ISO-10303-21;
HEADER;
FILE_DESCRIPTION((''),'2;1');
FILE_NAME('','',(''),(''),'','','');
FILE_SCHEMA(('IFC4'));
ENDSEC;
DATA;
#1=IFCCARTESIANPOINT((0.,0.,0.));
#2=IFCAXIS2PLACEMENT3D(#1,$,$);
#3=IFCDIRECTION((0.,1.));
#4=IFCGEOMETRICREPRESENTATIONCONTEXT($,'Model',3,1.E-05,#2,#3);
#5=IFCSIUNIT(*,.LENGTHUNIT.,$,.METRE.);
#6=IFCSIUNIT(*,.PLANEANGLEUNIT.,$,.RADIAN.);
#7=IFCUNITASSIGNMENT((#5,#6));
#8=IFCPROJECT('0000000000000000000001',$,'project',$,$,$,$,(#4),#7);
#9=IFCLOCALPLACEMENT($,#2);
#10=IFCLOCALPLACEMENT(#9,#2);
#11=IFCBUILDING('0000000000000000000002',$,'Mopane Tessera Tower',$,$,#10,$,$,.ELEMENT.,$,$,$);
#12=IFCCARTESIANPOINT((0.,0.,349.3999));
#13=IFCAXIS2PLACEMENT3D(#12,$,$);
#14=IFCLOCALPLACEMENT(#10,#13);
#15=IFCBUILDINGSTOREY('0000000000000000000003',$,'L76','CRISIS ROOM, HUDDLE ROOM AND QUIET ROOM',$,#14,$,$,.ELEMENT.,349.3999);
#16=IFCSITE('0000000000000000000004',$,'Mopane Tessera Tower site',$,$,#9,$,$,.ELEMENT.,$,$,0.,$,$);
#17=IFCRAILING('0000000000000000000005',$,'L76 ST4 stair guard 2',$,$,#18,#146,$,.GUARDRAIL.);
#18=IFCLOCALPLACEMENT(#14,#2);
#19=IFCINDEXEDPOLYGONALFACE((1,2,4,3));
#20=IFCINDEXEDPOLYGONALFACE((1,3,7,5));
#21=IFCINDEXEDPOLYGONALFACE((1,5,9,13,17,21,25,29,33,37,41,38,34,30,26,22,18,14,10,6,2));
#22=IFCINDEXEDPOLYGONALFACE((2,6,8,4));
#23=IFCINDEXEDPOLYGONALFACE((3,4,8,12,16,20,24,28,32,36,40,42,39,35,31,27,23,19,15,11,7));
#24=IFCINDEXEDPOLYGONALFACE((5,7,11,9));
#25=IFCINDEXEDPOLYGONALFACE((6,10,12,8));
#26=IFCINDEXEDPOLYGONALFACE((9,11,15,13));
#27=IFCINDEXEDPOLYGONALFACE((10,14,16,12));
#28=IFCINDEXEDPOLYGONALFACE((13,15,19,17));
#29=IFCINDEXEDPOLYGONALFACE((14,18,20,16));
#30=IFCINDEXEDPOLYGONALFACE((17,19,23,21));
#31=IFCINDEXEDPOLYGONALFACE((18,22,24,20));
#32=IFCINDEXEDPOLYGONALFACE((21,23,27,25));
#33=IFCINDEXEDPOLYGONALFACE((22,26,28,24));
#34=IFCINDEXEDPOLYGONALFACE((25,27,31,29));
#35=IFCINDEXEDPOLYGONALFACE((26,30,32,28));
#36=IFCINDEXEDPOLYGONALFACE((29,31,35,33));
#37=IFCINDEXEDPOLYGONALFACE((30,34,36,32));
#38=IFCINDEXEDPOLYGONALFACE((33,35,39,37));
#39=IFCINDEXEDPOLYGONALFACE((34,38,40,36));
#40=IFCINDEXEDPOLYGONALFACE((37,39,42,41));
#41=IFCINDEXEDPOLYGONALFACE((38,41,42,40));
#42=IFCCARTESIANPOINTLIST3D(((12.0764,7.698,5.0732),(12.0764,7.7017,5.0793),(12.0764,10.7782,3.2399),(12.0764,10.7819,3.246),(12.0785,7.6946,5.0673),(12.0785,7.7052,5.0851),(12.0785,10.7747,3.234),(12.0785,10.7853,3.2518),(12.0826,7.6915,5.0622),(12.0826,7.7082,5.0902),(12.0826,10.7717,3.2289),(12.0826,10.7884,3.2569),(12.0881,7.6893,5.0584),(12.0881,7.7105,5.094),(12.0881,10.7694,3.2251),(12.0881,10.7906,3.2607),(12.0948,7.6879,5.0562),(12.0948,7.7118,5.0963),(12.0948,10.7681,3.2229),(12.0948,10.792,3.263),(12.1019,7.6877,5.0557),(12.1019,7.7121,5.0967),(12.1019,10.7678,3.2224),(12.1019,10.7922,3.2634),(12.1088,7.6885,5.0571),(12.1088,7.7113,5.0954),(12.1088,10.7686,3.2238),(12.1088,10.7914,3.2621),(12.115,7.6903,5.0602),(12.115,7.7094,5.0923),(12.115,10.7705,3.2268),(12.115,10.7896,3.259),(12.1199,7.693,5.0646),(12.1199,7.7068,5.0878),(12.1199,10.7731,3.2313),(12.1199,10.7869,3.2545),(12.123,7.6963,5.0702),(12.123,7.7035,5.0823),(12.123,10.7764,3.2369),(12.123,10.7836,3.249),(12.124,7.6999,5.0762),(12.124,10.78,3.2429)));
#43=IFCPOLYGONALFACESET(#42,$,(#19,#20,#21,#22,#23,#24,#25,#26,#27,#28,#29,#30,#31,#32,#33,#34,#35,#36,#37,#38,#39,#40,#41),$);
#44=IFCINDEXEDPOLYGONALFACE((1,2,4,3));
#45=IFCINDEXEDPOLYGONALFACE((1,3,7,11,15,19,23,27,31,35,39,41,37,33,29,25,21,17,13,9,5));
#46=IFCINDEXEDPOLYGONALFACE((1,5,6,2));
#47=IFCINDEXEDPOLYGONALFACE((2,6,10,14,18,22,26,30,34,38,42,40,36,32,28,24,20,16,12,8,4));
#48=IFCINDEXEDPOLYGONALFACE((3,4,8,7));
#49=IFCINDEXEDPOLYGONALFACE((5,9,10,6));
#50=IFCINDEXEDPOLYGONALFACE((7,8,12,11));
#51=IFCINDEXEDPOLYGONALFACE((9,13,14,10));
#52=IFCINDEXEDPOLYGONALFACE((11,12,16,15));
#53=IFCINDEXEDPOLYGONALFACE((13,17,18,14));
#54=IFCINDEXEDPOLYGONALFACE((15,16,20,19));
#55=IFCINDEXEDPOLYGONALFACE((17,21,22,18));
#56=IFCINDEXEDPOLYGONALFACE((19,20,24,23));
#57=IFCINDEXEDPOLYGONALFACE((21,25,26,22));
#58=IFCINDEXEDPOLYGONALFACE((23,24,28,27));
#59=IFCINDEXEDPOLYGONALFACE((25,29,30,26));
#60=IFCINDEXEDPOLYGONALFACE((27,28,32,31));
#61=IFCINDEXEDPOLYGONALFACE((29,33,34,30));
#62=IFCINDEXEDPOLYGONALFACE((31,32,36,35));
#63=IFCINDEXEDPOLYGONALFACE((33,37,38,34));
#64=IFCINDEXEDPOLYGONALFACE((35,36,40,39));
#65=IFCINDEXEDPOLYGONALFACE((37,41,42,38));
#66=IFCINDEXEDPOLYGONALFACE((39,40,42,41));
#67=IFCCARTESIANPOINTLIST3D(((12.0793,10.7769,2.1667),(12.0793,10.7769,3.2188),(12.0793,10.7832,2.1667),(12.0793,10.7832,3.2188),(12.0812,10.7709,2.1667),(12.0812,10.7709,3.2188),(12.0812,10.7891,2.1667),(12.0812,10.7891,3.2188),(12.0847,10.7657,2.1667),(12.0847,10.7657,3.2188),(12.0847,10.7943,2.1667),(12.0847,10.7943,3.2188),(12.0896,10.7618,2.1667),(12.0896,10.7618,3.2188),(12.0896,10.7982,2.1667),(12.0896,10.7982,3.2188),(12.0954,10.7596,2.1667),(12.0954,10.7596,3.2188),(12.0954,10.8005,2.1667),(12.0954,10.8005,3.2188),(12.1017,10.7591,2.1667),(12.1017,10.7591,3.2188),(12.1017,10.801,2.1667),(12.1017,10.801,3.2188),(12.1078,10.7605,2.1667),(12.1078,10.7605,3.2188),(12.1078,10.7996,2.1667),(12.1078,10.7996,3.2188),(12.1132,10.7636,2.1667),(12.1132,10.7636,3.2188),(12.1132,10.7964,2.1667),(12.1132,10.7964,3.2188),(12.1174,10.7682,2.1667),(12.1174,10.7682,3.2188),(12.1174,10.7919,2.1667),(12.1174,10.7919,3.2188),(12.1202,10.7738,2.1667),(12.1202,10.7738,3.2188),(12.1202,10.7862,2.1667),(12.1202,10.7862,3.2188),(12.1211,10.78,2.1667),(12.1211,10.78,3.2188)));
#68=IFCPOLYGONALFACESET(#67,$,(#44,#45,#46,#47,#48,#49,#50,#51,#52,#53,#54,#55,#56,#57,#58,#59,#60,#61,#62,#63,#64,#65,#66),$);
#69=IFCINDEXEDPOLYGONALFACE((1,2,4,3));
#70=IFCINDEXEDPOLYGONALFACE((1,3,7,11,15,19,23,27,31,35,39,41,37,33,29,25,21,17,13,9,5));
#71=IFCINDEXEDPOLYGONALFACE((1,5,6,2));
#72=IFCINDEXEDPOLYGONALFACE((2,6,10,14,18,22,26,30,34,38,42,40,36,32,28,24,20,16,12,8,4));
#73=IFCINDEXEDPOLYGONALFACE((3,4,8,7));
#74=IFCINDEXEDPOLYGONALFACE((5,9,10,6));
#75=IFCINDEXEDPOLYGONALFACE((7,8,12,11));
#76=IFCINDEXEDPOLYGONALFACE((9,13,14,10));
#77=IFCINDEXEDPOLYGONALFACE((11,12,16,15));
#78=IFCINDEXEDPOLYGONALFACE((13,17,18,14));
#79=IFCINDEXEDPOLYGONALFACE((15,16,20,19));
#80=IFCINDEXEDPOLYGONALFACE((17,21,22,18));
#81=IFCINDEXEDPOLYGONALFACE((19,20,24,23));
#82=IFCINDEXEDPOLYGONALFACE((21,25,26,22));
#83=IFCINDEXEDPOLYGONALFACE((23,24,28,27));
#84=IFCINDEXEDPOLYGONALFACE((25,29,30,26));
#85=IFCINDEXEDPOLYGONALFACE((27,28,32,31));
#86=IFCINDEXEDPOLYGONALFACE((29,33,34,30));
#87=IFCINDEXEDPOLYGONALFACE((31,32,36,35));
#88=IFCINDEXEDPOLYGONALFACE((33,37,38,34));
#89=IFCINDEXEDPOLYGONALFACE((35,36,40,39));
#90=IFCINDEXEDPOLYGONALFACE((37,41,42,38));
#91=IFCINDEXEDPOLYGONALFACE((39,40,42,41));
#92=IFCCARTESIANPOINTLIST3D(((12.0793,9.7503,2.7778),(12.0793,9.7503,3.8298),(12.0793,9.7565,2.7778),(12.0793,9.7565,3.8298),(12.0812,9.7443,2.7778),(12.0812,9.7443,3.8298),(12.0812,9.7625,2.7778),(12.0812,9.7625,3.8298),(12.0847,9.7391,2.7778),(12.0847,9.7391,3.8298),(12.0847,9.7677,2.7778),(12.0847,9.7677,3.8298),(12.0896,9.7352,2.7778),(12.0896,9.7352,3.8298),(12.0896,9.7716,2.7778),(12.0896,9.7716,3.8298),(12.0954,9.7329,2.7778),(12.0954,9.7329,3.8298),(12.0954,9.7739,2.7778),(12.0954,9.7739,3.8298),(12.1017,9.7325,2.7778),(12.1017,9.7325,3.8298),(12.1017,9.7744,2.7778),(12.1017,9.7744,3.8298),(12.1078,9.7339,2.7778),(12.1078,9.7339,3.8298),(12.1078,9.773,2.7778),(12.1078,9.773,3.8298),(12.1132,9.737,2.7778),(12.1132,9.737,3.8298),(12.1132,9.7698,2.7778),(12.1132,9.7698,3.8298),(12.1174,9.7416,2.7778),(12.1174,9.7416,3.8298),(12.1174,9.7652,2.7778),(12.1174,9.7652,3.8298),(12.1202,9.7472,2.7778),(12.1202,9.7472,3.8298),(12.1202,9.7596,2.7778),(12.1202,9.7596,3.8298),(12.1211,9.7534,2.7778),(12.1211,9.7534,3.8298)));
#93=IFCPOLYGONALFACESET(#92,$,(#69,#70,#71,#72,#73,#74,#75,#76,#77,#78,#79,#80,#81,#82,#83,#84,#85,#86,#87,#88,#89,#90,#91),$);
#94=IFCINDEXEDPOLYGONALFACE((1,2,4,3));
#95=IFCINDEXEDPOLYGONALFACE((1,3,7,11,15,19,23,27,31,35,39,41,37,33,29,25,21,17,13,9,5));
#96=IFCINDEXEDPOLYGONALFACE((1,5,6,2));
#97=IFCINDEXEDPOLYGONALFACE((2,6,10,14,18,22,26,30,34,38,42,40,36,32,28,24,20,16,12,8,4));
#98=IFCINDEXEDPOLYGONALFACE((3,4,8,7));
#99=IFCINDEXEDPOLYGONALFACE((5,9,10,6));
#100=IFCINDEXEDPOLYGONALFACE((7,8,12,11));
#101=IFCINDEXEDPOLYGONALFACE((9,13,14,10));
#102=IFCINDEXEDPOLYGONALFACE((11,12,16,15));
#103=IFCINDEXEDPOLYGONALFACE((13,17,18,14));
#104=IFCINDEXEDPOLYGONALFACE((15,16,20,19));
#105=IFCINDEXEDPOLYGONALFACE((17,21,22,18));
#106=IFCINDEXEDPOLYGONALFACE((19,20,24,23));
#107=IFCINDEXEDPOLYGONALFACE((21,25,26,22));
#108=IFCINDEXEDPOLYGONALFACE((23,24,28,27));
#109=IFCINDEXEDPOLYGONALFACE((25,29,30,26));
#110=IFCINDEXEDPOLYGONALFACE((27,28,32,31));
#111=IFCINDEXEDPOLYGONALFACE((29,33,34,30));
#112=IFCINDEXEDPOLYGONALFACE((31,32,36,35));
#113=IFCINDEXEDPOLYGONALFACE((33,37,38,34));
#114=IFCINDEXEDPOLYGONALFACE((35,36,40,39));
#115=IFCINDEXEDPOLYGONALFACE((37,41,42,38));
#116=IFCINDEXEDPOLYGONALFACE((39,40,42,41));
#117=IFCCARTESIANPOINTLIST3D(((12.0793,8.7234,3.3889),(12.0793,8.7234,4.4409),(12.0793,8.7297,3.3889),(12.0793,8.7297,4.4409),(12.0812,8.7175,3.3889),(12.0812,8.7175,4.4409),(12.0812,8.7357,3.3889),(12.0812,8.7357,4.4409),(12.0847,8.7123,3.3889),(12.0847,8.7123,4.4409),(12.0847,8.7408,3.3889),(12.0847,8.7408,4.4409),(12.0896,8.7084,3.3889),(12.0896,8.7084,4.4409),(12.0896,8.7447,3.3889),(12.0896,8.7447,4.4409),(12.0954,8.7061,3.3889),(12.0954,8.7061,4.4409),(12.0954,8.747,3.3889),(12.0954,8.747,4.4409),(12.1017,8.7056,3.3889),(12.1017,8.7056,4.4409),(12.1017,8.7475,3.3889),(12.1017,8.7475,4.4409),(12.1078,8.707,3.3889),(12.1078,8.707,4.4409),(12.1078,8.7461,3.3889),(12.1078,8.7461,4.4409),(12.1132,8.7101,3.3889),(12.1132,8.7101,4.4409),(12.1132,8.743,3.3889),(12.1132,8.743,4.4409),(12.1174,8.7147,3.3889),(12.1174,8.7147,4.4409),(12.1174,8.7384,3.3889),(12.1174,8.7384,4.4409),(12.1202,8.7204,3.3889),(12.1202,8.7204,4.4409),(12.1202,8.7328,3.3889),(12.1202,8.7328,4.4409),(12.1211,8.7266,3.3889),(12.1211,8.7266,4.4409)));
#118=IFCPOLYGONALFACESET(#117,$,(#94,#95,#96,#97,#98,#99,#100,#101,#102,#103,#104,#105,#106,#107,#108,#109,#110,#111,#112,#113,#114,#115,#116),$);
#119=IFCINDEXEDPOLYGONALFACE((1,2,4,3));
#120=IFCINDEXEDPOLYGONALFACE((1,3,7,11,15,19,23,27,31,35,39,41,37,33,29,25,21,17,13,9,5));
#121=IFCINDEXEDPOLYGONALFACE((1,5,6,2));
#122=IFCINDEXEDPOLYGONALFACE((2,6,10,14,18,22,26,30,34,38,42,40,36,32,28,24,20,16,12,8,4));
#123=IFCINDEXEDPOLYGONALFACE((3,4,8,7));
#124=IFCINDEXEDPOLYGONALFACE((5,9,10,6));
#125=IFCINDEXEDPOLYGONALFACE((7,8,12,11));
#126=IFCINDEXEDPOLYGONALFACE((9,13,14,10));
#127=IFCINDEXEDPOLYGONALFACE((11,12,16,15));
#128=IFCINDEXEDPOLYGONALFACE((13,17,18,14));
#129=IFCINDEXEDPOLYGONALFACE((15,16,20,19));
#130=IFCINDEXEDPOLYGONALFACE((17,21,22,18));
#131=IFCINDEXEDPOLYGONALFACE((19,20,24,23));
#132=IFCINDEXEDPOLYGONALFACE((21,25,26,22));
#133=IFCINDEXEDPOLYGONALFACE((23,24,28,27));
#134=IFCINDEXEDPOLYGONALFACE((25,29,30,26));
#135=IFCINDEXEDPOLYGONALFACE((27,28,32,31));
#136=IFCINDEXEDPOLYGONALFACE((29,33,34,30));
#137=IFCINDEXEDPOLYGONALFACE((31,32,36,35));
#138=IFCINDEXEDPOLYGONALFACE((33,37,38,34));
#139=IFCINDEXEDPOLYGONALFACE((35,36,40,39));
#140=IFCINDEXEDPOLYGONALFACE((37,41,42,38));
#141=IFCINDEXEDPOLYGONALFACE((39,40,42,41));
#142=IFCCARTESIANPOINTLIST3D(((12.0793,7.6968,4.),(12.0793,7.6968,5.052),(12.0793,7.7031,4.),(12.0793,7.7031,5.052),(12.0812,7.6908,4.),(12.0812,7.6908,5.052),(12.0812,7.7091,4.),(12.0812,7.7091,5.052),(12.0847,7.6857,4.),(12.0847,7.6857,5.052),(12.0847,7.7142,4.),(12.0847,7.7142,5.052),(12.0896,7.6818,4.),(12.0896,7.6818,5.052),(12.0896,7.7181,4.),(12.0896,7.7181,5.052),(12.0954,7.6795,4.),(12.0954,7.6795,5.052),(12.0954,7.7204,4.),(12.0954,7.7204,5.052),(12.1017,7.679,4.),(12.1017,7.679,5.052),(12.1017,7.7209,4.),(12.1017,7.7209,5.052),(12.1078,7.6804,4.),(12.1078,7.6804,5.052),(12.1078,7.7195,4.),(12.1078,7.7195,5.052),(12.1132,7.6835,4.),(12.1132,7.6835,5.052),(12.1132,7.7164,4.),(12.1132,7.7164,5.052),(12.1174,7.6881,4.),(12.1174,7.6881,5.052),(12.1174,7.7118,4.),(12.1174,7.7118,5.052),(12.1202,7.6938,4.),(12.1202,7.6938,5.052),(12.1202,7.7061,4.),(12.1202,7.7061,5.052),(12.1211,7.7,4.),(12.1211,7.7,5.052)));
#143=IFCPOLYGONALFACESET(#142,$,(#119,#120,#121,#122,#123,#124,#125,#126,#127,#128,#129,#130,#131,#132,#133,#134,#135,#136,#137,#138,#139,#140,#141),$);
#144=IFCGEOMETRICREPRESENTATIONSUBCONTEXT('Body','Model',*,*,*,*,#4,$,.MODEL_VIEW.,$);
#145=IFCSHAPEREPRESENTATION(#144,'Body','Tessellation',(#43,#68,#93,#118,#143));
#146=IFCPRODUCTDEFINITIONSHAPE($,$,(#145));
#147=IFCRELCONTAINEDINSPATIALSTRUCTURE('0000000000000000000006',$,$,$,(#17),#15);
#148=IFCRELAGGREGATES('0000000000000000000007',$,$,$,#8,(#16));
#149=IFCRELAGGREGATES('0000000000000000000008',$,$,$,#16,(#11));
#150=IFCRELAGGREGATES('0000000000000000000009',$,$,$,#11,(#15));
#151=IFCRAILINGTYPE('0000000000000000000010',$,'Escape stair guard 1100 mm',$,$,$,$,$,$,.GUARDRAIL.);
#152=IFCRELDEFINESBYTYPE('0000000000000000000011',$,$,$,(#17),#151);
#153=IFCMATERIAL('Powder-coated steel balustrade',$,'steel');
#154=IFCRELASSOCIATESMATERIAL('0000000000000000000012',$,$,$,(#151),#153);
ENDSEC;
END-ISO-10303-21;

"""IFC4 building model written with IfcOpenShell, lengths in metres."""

from ifc_helpers import new_model, si_unit, direction, frame, origin, origin_2d, place, context, subcontext, project, spatial, circle, extrude, material, type_object, element, save


model = new_model("IFC4")

# Units and contexts
model_context = context("Model", 3, precision=1e-05, world=origin(), true_north=direction((0.0, 1.0)))
body_context = subcontext(model_context, "Body", "Model", "MODEL_VIEW")
ifc_project = project(units=[si_unit("LENGTHUNIT", "METRE"), si_unit("PLANEANGLEUNIT", "RADIAN")], contexts=[model_context])

# Site, building, storey
site_placement = place(None, origin())
site = spatial("IfcSite", under=ifc_project, at=site_placement, Name="Mopane Tessera Tower site", CompositionType="ELEMENT", RefElevation=0.0)
building_placement = place(site_placement, origin())
building = spatial("IfcBuilding", under=site, at=building_placement, Name="Mopane Tessera Tower", CompositionType="ELEMENT")
storey_placement = place(building_placement, frame((0.0, 0.0, 349.3999)))
storey = spatial("IfcBuildingStorey", under=building, at=storey_placement, Name="L76", Description="CRISIS ROOM, HUDDLE ROOM AND QUIET ROOM", CompositionType="ELEMENT", Elevation=349.3999)

# Railing
ifc_material_1 = material(Name="Powder-coated steel balustrade", Category="steel")
railing_type_1 = type_object("IfcRailingType", Name="Escape stair guard 1100 mm", PredefinedType="GUARDRAIL", material=ifc_material_1)
railing_1_placement = place(storey_placement, frame((12.1001, 10.78, 2.1667)))
element("IfcRailing", 1, at=railing_1_placement, inside=storey, type_object=railing_type_1, Name="L76 ST4 stair guard 2", PredefinedType="GUARDRAIL", context=body_context, shape_type="SweptSolid", body=[
    extrude(circle(Radius=0.0239, at=origin_2d()), frame((0.0, 0.0, 1.0762), z_axis=(0.0, -0.859309, 0.511458), x_axis=(1.0, 0.0, 0.0)), (0.0, 0.0, 1.0), 3.5845),
    extrude(circle(Radius=0.021, at=origin_2d()), origin(), (0.0, 0.0, 1.0), 1.052),
    extrude(circle(Radius=0.021, at=origin_2d()), frame((0.0, -1.0266, 0.6111)), (0.0, 0.0, 1.0), 1.052),
    extrude(circle(Radius=0.021, at=origin_2d()), frame((0.0, -2.0535, 1.2222)), (0.0, 0.0, 1.0), 1.052),
    extrude(circle(Radius=0.021, at=origin_2d()), frame((0.0, -3.0801, 1.8333)), (0.0, 0.0, 1.0), 1.052),
])

save(model, "model.ifc")
